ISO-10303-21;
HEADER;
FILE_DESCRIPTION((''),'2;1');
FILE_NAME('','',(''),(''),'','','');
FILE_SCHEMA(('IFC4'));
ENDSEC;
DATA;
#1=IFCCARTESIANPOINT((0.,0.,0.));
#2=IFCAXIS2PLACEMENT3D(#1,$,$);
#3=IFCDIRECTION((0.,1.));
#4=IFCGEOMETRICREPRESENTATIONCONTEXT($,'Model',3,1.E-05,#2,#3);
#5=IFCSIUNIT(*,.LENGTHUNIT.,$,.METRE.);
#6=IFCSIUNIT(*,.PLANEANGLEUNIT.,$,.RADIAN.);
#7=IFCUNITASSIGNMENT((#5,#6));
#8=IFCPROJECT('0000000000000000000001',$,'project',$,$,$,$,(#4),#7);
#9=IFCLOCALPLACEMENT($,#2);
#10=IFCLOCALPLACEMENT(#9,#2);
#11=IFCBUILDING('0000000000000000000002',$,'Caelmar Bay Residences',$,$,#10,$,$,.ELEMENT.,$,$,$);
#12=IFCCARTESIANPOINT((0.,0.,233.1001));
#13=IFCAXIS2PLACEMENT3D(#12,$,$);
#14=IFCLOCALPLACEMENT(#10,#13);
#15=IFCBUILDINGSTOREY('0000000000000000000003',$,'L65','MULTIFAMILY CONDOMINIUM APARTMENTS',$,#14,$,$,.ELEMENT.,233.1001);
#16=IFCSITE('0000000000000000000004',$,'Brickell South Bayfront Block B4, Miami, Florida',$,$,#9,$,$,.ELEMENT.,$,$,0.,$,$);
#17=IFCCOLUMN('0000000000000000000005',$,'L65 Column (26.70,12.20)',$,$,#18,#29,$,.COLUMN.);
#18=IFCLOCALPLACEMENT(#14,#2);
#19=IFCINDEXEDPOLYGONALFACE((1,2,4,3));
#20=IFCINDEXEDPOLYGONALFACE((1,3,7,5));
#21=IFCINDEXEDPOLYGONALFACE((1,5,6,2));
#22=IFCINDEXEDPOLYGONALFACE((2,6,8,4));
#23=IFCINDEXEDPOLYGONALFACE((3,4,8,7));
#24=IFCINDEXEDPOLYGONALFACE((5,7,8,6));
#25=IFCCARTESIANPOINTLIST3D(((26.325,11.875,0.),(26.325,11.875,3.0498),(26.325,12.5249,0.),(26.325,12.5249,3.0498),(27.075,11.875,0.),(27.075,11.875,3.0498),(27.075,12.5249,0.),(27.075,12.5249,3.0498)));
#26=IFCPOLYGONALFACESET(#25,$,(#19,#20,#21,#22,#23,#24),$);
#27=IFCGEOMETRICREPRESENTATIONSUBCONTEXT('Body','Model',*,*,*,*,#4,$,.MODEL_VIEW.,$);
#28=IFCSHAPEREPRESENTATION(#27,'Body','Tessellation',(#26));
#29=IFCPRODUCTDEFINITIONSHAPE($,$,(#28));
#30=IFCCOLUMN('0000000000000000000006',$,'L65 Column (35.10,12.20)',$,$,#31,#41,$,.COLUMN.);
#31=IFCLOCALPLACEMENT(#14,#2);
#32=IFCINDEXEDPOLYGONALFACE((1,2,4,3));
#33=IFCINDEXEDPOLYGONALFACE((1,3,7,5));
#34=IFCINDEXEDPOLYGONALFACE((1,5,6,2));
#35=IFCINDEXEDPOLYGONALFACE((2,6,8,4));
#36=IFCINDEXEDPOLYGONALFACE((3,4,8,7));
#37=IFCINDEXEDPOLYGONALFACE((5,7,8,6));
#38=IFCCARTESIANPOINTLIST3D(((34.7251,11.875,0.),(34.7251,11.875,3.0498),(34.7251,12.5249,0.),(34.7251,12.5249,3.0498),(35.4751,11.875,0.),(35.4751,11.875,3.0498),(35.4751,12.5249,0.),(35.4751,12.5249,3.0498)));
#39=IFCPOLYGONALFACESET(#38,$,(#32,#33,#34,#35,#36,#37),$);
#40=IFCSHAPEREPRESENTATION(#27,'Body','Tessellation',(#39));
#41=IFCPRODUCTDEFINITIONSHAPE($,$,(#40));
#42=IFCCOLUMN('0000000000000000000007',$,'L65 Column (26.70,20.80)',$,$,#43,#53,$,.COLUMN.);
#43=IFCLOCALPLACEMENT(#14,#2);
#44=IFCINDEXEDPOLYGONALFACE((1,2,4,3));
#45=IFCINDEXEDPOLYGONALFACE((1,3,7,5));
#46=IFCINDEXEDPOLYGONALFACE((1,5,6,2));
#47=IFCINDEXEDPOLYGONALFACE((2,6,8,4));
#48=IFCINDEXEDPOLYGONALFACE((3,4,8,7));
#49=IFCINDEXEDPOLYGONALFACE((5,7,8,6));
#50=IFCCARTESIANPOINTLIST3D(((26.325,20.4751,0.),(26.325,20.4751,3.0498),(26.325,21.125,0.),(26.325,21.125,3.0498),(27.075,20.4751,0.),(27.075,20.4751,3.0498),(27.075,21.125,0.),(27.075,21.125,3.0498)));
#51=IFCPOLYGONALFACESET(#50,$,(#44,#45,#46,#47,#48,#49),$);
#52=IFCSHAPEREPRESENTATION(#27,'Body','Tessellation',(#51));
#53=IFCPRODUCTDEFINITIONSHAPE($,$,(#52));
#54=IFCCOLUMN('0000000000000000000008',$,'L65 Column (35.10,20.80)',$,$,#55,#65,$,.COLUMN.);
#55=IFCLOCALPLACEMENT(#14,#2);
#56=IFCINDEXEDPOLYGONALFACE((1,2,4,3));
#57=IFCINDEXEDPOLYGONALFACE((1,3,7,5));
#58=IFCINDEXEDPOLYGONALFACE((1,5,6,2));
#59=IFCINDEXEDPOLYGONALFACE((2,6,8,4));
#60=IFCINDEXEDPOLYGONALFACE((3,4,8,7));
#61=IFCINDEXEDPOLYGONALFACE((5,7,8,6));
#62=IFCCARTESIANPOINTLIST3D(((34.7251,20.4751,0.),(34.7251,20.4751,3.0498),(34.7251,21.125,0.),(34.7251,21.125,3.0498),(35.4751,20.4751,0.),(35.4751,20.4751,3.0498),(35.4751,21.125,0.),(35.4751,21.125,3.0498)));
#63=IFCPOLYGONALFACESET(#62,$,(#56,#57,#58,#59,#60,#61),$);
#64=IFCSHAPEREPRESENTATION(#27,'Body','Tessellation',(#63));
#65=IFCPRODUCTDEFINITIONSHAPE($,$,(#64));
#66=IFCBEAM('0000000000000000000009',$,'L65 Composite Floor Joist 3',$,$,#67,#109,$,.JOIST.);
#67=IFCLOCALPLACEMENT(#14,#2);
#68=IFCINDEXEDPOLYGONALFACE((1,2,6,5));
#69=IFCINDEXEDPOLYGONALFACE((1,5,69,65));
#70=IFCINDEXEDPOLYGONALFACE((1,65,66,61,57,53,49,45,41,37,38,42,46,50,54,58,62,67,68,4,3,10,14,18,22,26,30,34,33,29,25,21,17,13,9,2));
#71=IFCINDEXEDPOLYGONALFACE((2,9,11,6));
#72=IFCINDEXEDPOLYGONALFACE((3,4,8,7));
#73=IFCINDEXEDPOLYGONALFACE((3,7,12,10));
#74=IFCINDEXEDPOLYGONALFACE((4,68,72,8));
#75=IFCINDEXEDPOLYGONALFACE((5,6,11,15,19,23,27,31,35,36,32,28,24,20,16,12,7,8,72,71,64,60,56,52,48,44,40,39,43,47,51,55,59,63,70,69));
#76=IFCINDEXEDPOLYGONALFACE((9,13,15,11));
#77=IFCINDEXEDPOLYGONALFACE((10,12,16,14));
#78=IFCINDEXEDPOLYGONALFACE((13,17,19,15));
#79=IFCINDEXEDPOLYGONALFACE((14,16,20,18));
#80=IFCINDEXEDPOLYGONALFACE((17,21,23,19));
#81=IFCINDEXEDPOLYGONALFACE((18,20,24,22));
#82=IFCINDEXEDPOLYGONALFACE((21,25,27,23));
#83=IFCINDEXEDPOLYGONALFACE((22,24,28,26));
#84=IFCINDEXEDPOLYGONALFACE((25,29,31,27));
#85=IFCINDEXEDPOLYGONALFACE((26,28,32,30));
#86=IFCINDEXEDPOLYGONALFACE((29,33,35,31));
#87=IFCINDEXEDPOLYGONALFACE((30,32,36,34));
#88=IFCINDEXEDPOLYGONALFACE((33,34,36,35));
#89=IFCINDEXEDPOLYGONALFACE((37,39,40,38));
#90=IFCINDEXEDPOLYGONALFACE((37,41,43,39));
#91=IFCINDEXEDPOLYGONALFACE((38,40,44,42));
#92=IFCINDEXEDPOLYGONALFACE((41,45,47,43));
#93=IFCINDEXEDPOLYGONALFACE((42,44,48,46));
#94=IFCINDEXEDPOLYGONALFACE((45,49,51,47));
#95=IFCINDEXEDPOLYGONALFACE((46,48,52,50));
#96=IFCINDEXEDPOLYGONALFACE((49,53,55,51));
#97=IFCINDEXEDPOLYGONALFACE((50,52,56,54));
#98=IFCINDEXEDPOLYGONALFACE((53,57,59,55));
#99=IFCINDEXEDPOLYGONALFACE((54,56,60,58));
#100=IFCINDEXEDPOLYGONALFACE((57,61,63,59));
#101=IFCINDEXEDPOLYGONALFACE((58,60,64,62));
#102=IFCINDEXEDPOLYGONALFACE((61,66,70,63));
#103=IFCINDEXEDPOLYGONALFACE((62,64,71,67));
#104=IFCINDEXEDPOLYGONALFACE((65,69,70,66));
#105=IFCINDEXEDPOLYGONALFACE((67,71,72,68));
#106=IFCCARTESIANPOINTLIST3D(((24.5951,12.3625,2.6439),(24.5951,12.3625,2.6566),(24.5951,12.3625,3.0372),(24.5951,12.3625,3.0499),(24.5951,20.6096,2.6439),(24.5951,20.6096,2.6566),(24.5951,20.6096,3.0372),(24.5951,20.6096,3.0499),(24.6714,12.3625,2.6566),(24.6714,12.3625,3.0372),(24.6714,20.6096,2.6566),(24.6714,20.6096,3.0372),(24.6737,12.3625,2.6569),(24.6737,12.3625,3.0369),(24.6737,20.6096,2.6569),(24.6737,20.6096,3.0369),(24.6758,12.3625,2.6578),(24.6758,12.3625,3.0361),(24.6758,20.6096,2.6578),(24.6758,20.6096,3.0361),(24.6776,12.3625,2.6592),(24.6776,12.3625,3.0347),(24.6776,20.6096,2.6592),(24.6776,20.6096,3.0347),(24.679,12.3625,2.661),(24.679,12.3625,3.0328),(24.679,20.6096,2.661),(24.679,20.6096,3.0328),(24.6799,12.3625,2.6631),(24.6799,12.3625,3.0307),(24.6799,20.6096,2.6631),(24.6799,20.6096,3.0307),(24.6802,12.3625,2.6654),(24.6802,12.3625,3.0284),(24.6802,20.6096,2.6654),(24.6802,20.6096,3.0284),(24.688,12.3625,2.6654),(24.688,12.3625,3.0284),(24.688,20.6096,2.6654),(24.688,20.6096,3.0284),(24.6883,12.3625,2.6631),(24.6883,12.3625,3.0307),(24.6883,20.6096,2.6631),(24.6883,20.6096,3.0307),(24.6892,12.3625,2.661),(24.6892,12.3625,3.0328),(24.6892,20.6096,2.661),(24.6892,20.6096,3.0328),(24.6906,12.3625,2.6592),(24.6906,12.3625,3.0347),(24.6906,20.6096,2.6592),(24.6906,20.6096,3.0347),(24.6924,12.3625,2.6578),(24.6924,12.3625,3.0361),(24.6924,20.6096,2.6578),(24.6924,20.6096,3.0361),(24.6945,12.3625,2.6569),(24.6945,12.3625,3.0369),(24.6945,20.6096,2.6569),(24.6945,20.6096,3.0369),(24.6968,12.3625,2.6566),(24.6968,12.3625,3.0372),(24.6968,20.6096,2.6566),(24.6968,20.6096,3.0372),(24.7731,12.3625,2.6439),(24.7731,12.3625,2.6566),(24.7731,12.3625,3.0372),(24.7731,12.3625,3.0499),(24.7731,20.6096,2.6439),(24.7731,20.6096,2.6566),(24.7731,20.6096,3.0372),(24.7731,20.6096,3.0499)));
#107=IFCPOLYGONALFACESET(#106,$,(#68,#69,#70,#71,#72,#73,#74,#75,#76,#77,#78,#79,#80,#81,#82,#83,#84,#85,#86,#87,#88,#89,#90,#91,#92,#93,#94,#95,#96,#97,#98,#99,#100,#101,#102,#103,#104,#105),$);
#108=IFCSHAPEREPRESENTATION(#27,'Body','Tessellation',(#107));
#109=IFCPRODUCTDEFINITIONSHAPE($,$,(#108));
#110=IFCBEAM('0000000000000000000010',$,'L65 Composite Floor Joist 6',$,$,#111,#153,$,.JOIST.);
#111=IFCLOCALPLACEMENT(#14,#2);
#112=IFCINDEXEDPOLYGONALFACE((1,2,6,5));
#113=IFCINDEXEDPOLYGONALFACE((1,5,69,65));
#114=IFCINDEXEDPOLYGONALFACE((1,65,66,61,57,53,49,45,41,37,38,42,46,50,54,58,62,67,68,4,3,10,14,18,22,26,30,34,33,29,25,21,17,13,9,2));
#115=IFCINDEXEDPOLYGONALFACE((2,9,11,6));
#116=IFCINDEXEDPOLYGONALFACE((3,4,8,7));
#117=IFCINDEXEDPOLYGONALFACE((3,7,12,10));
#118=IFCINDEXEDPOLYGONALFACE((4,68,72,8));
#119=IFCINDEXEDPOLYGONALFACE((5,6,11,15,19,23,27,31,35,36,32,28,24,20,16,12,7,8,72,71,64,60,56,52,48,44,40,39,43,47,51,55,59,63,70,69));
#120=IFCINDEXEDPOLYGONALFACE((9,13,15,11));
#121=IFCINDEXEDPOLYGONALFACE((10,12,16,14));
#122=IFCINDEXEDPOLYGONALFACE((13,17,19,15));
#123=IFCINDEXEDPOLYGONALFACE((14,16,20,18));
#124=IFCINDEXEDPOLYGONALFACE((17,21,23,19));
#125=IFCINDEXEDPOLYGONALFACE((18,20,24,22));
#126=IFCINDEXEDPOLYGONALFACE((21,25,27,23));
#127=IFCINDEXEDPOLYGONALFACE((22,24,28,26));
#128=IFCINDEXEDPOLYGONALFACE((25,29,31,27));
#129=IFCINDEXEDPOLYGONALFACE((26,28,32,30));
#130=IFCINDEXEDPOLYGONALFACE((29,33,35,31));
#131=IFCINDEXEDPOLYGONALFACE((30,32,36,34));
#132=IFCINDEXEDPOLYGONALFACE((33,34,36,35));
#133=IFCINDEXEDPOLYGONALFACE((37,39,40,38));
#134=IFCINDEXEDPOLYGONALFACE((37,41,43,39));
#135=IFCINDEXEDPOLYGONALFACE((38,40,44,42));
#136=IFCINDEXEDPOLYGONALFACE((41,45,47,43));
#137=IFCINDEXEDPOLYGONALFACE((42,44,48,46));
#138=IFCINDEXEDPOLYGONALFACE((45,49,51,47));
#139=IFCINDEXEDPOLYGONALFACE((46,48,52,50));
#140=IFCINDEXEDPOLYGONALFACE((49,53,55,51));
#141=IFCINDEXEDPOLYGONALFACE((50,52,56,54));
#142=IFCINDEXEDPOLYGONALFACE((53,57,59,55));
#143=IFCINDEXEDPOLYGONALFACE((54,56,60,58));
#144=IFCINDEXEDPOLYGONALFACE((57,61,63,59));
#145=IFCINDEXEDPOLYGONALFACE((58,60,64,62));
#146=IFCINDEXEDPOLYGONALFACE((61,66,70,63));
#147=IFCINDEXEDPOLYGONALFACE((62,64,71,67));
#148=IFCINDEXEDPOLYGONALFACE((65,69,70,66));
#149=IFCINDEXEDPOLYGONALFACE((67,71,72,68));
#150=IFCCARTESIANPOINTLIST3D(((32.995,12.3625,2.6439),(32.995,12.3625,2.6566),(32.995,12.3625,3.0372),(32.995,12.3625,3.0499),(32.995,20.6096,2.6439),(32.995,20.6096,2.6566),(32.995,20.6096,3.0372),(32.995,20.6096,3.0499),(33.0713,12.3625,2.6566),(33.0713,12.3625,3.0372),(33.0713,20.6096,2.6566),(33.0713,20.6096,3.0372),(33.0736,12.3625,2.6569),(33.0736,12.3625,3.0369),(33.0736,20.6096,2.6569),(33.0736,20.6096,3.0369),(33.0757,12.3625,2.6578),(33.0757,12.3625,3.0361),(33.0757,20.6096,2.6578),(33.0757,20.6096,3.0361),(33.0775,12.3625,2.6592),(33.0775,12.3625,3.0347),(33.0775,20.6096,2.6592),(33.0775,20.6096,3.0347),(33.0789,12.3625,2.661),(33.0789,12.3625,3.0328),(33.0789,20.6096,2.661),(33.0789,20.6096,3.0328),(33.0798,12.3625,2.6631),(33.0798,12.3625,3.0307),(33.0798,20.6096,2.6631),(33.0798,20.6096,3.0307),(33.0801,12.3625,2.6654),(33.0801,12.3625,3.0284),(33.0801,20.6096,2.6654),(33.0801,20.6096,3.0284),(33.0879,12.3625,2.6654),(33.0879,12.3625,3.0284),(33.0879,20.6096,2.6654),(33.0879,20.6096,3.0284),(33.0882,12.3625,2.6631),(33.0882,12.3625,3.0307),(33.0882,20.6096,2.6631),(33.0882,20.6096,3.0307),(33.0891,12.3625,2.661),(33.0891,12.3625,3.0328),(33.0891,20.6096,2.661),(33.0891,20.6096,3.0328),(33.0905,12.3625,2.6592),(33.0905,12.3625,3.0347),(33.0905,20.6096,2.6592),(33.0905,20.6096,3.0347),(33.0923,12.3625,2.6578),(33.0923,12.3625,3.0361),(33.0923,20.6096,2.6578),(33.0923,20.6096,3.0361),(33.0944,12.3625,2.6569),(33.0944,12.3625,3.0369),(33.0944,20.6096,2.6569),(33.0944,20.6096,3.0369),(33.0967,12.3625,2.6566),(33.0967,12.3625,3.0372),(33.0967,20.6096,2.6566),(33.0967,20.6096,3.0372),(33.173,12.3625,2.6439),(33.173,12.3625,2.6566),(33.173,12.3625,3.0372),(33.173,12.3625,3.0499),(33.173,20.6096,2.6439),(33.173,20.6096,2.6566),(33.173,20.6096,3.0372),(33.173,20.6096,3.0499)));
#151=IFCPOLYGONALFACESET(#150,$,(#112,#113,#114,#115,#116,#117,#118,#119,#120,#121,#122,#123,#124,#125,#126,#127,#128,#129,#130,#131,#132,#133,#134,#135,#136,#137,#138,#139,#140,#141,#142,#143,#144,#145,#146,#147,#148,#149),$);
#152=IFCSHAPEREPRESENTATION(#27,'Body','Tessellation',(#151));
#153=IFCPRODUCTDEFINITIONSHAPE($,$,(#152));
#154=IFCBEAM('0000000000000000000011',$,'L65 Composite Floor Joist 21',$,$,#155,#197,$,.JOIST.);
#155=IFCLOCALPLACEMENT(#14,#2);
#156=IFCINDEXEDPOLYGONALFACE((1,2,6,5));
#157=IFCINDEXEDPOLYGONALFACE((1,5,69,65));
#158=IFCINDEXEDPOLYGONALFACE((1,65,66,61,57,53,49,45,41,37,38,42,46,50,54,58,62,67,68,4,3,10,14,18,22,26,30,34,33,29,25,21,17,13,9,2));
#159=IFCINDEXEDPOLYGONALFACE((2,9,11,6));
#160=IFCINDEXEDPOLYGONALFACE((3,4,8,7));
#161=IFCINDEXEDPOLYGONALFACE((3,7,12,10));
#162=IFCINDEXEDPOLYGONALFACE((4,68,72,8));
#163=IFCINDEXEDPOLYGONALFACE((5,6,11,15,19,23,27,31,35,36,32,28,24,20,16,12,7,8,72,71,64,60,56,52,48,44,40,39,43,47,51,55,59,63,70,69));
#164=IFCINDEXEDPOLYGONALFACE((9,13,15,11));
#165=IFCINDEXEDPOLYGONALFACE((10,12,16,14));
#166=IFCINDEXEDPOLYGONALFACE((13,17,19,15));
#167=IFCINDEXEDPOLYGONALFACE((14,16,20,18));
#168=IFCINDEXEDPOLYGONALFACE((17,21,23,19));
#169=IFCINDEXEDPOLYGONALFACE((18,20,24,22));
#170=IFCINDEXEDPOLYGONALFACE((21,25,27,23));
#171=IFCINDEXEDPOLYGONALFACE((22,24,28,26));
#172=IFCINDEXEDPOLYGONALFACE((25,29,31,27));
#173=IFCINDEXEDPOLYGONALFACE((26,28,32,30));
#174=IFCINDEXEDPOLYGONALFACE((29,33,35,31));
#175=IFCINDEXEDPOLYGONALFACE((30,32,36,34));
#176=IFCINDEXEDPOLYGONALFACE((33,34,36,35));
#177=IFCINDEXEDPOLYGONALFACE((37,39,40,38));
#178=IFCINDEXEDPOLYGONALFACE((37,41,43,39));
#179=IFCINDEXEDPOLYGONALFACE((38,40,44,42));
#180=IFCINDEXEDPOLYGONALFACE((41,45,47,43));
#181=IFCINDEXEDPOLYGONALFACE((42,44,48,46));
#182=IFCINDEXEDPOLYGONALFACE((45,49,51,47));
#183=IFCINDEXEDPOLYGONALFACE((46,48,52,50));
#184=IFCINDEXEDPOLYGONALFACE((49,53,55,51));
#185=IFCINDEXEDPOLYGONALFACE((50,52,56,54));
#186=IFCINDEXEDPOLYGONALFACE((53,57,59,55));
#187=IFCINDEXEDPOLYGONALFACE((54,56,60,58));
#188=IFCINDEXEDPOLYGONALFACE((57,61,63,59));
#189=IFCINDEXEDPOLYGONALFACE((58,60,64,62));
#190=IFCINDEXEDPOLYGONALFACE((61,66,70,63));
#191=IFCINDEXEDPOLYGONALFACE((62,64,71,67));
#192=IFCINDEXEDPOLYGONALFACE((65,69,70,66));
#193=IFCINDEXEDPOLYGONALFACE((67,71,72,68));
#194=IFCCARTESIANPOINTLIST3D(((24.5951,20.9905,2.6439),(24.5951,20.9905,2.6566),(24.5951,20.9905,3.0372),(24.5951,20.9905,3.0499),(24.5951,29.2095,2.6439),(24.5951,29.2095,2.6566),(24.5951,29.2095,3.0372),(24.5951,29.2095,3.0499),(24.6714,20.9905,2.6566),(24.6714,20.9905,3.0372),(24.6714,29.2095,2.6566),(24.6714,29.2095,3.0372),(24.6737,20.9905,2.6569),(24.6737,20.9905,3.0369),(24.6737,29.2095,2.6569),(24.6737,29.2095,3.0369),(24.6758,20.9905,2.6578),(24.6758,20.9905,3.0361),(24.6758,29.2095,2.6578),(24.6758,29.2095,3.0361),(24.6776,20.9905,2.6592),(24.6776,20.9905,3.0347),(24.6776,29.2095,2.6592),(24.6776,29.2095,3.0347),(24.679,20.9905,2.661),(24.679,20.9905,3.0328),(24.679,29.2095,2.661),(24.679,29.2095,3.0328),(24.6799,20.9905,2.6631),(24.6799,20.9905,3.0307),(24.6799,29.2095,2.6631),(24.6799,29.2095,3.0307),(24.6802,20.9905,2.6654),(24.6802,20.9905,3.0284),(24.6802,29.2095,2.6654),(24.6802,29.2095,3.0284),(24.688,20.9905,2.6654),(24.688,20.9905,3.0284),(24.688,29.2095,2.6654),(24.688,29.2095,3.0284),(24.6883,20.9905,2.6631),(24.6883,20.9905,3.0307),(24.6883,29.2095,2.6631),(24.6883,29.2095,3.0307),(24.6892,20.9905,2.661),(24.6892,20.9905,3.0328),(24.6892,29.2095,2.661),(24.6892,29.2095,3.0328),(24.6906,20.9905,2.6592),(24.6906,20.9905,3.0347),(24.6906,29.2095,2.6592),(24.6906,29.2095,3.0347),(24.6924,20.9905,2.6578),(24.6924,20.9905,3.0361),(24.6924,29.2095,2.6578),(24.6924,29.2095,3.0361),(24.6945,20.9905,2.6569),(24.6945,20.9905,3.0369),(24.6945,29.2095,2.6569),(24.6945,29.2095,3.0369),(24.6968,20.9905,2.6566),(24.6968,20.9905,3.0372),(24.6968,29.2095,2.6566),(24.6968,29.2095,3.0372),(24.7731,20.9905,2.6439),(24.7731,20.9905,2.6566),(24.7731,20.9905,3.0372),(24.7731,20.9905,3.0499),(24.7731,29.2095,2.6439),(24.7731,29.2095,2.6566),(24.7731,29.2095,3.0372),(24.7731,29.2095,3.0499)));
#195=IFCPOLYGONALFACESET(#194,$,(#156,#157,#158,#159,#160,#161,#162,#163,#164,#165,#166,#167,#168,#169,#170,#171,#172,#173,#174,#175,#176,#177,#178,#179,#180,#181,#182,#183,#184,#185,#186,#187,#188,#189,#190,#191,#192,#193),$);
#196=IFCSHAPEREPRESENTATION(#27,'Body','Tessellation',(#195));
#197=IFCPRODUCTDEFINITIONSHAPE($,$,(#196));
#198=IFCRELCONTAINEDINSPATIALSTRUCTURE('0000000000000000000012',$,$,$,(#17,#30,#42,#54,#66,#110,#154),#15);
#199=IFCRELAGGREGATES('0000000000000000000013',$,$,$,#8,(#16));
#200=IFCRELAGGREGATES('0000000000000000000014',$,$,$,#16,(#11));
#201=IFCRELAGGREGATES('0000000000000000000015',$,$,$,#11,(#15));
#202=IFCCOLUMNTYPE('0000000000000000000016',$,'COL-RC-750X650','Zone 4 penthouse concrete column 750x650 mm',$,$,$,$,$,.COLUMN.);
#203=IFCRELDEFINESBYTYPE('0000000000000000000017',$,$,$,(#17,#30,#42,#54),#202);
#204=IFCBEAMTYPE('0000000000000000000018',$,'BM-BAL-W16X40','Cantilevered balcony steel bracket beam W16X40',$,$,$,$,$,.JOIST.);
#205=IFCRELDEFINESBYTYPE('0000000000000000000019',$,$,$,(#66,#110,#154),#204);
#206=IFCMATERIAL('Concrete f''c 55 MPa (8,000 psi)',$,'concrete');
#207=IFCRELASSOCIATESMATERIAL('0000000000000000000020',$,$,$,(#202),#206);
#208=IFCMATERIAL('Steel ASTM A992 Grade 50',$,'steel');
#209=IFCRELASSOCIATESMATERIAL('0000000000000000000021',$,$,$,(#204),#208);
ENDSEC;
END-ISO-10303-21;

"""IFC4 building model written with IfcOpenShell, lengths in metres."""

from ifc_helpers import new_model, si_unit, direction, frame, origin, origin_2d, place, context, subcontext, project, spatial, rectangle, i_section, extrude, material, material_profile, profile_set, type_object, element, save


model = new_model("IFC4")

# Units and contexts
model_context = context("Model", 3, precision=1e-05, world=origin(), true_north=direction((0.0, 1.0)))
body_context = subcontext(model_context, "Body", "Model", "MODEL_VIEW")
ifc_project = project(units=[si_unit("LENGTHUNIT", "METRE"), si_unit("PLANEANGLEUNIT", "RADIAN")], contexts=[model_context])

# Site, building, storey
site_placement = place(None, origin())
site = spatial("IfcSite", under=ifc_project, at=site_placement, Name="Brickell South Bayfront Block B4, Miami, Florida", CompositionType="ELEMENT", RefElevation=0.0)
building_placement = place(site_placement, origin())
building = spatial("IfcBuilding", under=site, at=building_placement, Name="Caelmar Bay Residences", CompositionType="ELEMENT")
storey_placement = place(building_placement, frame((0.0, 0.0, 233.1001)))
storey = spatial("IfcBuildingStorey", under=building, at=storey_placement, Name="L65", Description="MULTIFAMILY CONDOMINIUM APARTMENTS", CompositionType="ELEMENT", Elevation=233.1001)

# Columns
ifc_material_1 = material(Name="Concrete f'c 55 MPa (8,000 psi)", Category="concrete")
ifc_material_profile_1 = material_profile(ifc_material_1, rectangle(XDim=0.75, YDim=0.6499, at=origin_2d()), Name="RC-COL-750X650")
ifc_profile_set_1 = profile_set([ifc_material_profile_1], Name="Concrete f'c 55 MPa (8,000 psi)")
column_type = type_object("IfcColumnType", Name="COL-RC-750X650", Description="Zone 4 penthouse concrete column 750x650 mm", PredefinedType="COLUMN", material=ifc_profile_set_1)
for number, where, z_axis, x_axis, name in (
    (1, (26.7, 12.2, 0.0), (0.0, 0.0, 1.0), (1.0, 0.0, 0.0), "L65 Column (26.70,12.20)"),
    (2, (35.1001, 12.2, 0.0), (0.0, 0.0, 1.0), (1.0, 0.0, 0.0), "L65 Column (35.10,12.20)"),
    (3, (26.7, 20.8, 0.0), (0.0, 0.0, 1.0), (1.0, 0.0, 0.0), "L65 Column (26.70,20.80)"),
    (4, (35.1001, 20.8, 0.0), (0.0, 0.0, 1.0), (1.0, 0.0, 0.0), "L65 Column (35.10,20.80)"),
):
    element("IfcColumn", number, at=place(storey_placement, frame(where, z_axis=z_axis, x_axis=x_axis)), inside=storey, type_object=column_type, Name=name, PredefinedType="COLUMN", context=body_context, shape_type="SweptSolid", body=[
        extrude(rectangle(XDim=0.75, YDim=0.6499, at=origin_2d()), origin(), (0.0, 0.0, 1.0), 3.0498),
    ])

# Beams
ifc_material_2 = material(Name="Steel ASTM A992 Grade 50", Category="steel")
ifc_material_profile_2 = material_profile(ifc_material_2, i_section(OverallWidth=0.178, OverallDepth=0.406, WebThickness=0.0078, FlangeThickness=0.0127, FilletRadius=0.0088, at=origin_2d()), Name="W16X40")
ifc_profile_set_2 = profile_set([ifc_material_profile_2], Name="Steel ASTM A992 Grade 50")
beam_type_1 = type_object("IfcBeamType", Name="BM-BAL-W16X40", Description="Cantilevered balcony steel bracket beam W16X40", PredefinedType="JOIST", material=ifc_profile_set_2)
for number, where, z_axis, x_axis, name in (
    (5, (24.6841, 12.3625, 2.8469), (0.0, 1.0, 0.0), (-1.0, 0.0, 0.0), "L65 Composite Floor Joist 3"),
    (6, (33.084, 12.3625, 2.8469), (0.0, 1.0, 0.0), (-1.0, 0.0, 0.0), "L65 Composite Floor Joist 6"),
):
    element("IfcBeam", number, at=place(storey_placement, frame(where, z_axis=z_axis, x_axis=x_axis)), inside=storey, type_object=beam_type_1, Name=name, PredefinedType="JOIST", context=body_context, shape_type="SweptSolid", body=[
        extrude(i_section(OverallWidth=0.178, OverallDepth=0.406, WebThickness=0.0078, FlangeThickness=0.0127, FilletRadius=0.0088, at=origin_2d()), origin(), (0.0, 0.0, 1.0), 8.2471),
    ])
for number, where, z_axis, x_axis, name in (
    (7, (24.6841, 20.9905, 2.8469), (0.0, 1.0, 0.0), (-1.0, 0.0, 0.0), "L65 Composite Floor Joist 21"),
):
    element("IfcBeam", number, at=place(storey_placement, frame(where, z_axis=z_axis, x_axis=x_axis)), inside=storey, type_object=beam_type_1, Name=name, PredefinedType="JOIST", context=body_context, shape_type="SweptSolid", body=[
        extrude(i_section(OverallWidth=0.178, OverallDepth=0.406, WebThickness=0.0078, FlangeThickness=0.0127, FilletRadius=0.0088, at=origin_2d()), origin(), (0.0, 0.0, 1.0), 8.219),
    ])

save(model, "model.ifc")
